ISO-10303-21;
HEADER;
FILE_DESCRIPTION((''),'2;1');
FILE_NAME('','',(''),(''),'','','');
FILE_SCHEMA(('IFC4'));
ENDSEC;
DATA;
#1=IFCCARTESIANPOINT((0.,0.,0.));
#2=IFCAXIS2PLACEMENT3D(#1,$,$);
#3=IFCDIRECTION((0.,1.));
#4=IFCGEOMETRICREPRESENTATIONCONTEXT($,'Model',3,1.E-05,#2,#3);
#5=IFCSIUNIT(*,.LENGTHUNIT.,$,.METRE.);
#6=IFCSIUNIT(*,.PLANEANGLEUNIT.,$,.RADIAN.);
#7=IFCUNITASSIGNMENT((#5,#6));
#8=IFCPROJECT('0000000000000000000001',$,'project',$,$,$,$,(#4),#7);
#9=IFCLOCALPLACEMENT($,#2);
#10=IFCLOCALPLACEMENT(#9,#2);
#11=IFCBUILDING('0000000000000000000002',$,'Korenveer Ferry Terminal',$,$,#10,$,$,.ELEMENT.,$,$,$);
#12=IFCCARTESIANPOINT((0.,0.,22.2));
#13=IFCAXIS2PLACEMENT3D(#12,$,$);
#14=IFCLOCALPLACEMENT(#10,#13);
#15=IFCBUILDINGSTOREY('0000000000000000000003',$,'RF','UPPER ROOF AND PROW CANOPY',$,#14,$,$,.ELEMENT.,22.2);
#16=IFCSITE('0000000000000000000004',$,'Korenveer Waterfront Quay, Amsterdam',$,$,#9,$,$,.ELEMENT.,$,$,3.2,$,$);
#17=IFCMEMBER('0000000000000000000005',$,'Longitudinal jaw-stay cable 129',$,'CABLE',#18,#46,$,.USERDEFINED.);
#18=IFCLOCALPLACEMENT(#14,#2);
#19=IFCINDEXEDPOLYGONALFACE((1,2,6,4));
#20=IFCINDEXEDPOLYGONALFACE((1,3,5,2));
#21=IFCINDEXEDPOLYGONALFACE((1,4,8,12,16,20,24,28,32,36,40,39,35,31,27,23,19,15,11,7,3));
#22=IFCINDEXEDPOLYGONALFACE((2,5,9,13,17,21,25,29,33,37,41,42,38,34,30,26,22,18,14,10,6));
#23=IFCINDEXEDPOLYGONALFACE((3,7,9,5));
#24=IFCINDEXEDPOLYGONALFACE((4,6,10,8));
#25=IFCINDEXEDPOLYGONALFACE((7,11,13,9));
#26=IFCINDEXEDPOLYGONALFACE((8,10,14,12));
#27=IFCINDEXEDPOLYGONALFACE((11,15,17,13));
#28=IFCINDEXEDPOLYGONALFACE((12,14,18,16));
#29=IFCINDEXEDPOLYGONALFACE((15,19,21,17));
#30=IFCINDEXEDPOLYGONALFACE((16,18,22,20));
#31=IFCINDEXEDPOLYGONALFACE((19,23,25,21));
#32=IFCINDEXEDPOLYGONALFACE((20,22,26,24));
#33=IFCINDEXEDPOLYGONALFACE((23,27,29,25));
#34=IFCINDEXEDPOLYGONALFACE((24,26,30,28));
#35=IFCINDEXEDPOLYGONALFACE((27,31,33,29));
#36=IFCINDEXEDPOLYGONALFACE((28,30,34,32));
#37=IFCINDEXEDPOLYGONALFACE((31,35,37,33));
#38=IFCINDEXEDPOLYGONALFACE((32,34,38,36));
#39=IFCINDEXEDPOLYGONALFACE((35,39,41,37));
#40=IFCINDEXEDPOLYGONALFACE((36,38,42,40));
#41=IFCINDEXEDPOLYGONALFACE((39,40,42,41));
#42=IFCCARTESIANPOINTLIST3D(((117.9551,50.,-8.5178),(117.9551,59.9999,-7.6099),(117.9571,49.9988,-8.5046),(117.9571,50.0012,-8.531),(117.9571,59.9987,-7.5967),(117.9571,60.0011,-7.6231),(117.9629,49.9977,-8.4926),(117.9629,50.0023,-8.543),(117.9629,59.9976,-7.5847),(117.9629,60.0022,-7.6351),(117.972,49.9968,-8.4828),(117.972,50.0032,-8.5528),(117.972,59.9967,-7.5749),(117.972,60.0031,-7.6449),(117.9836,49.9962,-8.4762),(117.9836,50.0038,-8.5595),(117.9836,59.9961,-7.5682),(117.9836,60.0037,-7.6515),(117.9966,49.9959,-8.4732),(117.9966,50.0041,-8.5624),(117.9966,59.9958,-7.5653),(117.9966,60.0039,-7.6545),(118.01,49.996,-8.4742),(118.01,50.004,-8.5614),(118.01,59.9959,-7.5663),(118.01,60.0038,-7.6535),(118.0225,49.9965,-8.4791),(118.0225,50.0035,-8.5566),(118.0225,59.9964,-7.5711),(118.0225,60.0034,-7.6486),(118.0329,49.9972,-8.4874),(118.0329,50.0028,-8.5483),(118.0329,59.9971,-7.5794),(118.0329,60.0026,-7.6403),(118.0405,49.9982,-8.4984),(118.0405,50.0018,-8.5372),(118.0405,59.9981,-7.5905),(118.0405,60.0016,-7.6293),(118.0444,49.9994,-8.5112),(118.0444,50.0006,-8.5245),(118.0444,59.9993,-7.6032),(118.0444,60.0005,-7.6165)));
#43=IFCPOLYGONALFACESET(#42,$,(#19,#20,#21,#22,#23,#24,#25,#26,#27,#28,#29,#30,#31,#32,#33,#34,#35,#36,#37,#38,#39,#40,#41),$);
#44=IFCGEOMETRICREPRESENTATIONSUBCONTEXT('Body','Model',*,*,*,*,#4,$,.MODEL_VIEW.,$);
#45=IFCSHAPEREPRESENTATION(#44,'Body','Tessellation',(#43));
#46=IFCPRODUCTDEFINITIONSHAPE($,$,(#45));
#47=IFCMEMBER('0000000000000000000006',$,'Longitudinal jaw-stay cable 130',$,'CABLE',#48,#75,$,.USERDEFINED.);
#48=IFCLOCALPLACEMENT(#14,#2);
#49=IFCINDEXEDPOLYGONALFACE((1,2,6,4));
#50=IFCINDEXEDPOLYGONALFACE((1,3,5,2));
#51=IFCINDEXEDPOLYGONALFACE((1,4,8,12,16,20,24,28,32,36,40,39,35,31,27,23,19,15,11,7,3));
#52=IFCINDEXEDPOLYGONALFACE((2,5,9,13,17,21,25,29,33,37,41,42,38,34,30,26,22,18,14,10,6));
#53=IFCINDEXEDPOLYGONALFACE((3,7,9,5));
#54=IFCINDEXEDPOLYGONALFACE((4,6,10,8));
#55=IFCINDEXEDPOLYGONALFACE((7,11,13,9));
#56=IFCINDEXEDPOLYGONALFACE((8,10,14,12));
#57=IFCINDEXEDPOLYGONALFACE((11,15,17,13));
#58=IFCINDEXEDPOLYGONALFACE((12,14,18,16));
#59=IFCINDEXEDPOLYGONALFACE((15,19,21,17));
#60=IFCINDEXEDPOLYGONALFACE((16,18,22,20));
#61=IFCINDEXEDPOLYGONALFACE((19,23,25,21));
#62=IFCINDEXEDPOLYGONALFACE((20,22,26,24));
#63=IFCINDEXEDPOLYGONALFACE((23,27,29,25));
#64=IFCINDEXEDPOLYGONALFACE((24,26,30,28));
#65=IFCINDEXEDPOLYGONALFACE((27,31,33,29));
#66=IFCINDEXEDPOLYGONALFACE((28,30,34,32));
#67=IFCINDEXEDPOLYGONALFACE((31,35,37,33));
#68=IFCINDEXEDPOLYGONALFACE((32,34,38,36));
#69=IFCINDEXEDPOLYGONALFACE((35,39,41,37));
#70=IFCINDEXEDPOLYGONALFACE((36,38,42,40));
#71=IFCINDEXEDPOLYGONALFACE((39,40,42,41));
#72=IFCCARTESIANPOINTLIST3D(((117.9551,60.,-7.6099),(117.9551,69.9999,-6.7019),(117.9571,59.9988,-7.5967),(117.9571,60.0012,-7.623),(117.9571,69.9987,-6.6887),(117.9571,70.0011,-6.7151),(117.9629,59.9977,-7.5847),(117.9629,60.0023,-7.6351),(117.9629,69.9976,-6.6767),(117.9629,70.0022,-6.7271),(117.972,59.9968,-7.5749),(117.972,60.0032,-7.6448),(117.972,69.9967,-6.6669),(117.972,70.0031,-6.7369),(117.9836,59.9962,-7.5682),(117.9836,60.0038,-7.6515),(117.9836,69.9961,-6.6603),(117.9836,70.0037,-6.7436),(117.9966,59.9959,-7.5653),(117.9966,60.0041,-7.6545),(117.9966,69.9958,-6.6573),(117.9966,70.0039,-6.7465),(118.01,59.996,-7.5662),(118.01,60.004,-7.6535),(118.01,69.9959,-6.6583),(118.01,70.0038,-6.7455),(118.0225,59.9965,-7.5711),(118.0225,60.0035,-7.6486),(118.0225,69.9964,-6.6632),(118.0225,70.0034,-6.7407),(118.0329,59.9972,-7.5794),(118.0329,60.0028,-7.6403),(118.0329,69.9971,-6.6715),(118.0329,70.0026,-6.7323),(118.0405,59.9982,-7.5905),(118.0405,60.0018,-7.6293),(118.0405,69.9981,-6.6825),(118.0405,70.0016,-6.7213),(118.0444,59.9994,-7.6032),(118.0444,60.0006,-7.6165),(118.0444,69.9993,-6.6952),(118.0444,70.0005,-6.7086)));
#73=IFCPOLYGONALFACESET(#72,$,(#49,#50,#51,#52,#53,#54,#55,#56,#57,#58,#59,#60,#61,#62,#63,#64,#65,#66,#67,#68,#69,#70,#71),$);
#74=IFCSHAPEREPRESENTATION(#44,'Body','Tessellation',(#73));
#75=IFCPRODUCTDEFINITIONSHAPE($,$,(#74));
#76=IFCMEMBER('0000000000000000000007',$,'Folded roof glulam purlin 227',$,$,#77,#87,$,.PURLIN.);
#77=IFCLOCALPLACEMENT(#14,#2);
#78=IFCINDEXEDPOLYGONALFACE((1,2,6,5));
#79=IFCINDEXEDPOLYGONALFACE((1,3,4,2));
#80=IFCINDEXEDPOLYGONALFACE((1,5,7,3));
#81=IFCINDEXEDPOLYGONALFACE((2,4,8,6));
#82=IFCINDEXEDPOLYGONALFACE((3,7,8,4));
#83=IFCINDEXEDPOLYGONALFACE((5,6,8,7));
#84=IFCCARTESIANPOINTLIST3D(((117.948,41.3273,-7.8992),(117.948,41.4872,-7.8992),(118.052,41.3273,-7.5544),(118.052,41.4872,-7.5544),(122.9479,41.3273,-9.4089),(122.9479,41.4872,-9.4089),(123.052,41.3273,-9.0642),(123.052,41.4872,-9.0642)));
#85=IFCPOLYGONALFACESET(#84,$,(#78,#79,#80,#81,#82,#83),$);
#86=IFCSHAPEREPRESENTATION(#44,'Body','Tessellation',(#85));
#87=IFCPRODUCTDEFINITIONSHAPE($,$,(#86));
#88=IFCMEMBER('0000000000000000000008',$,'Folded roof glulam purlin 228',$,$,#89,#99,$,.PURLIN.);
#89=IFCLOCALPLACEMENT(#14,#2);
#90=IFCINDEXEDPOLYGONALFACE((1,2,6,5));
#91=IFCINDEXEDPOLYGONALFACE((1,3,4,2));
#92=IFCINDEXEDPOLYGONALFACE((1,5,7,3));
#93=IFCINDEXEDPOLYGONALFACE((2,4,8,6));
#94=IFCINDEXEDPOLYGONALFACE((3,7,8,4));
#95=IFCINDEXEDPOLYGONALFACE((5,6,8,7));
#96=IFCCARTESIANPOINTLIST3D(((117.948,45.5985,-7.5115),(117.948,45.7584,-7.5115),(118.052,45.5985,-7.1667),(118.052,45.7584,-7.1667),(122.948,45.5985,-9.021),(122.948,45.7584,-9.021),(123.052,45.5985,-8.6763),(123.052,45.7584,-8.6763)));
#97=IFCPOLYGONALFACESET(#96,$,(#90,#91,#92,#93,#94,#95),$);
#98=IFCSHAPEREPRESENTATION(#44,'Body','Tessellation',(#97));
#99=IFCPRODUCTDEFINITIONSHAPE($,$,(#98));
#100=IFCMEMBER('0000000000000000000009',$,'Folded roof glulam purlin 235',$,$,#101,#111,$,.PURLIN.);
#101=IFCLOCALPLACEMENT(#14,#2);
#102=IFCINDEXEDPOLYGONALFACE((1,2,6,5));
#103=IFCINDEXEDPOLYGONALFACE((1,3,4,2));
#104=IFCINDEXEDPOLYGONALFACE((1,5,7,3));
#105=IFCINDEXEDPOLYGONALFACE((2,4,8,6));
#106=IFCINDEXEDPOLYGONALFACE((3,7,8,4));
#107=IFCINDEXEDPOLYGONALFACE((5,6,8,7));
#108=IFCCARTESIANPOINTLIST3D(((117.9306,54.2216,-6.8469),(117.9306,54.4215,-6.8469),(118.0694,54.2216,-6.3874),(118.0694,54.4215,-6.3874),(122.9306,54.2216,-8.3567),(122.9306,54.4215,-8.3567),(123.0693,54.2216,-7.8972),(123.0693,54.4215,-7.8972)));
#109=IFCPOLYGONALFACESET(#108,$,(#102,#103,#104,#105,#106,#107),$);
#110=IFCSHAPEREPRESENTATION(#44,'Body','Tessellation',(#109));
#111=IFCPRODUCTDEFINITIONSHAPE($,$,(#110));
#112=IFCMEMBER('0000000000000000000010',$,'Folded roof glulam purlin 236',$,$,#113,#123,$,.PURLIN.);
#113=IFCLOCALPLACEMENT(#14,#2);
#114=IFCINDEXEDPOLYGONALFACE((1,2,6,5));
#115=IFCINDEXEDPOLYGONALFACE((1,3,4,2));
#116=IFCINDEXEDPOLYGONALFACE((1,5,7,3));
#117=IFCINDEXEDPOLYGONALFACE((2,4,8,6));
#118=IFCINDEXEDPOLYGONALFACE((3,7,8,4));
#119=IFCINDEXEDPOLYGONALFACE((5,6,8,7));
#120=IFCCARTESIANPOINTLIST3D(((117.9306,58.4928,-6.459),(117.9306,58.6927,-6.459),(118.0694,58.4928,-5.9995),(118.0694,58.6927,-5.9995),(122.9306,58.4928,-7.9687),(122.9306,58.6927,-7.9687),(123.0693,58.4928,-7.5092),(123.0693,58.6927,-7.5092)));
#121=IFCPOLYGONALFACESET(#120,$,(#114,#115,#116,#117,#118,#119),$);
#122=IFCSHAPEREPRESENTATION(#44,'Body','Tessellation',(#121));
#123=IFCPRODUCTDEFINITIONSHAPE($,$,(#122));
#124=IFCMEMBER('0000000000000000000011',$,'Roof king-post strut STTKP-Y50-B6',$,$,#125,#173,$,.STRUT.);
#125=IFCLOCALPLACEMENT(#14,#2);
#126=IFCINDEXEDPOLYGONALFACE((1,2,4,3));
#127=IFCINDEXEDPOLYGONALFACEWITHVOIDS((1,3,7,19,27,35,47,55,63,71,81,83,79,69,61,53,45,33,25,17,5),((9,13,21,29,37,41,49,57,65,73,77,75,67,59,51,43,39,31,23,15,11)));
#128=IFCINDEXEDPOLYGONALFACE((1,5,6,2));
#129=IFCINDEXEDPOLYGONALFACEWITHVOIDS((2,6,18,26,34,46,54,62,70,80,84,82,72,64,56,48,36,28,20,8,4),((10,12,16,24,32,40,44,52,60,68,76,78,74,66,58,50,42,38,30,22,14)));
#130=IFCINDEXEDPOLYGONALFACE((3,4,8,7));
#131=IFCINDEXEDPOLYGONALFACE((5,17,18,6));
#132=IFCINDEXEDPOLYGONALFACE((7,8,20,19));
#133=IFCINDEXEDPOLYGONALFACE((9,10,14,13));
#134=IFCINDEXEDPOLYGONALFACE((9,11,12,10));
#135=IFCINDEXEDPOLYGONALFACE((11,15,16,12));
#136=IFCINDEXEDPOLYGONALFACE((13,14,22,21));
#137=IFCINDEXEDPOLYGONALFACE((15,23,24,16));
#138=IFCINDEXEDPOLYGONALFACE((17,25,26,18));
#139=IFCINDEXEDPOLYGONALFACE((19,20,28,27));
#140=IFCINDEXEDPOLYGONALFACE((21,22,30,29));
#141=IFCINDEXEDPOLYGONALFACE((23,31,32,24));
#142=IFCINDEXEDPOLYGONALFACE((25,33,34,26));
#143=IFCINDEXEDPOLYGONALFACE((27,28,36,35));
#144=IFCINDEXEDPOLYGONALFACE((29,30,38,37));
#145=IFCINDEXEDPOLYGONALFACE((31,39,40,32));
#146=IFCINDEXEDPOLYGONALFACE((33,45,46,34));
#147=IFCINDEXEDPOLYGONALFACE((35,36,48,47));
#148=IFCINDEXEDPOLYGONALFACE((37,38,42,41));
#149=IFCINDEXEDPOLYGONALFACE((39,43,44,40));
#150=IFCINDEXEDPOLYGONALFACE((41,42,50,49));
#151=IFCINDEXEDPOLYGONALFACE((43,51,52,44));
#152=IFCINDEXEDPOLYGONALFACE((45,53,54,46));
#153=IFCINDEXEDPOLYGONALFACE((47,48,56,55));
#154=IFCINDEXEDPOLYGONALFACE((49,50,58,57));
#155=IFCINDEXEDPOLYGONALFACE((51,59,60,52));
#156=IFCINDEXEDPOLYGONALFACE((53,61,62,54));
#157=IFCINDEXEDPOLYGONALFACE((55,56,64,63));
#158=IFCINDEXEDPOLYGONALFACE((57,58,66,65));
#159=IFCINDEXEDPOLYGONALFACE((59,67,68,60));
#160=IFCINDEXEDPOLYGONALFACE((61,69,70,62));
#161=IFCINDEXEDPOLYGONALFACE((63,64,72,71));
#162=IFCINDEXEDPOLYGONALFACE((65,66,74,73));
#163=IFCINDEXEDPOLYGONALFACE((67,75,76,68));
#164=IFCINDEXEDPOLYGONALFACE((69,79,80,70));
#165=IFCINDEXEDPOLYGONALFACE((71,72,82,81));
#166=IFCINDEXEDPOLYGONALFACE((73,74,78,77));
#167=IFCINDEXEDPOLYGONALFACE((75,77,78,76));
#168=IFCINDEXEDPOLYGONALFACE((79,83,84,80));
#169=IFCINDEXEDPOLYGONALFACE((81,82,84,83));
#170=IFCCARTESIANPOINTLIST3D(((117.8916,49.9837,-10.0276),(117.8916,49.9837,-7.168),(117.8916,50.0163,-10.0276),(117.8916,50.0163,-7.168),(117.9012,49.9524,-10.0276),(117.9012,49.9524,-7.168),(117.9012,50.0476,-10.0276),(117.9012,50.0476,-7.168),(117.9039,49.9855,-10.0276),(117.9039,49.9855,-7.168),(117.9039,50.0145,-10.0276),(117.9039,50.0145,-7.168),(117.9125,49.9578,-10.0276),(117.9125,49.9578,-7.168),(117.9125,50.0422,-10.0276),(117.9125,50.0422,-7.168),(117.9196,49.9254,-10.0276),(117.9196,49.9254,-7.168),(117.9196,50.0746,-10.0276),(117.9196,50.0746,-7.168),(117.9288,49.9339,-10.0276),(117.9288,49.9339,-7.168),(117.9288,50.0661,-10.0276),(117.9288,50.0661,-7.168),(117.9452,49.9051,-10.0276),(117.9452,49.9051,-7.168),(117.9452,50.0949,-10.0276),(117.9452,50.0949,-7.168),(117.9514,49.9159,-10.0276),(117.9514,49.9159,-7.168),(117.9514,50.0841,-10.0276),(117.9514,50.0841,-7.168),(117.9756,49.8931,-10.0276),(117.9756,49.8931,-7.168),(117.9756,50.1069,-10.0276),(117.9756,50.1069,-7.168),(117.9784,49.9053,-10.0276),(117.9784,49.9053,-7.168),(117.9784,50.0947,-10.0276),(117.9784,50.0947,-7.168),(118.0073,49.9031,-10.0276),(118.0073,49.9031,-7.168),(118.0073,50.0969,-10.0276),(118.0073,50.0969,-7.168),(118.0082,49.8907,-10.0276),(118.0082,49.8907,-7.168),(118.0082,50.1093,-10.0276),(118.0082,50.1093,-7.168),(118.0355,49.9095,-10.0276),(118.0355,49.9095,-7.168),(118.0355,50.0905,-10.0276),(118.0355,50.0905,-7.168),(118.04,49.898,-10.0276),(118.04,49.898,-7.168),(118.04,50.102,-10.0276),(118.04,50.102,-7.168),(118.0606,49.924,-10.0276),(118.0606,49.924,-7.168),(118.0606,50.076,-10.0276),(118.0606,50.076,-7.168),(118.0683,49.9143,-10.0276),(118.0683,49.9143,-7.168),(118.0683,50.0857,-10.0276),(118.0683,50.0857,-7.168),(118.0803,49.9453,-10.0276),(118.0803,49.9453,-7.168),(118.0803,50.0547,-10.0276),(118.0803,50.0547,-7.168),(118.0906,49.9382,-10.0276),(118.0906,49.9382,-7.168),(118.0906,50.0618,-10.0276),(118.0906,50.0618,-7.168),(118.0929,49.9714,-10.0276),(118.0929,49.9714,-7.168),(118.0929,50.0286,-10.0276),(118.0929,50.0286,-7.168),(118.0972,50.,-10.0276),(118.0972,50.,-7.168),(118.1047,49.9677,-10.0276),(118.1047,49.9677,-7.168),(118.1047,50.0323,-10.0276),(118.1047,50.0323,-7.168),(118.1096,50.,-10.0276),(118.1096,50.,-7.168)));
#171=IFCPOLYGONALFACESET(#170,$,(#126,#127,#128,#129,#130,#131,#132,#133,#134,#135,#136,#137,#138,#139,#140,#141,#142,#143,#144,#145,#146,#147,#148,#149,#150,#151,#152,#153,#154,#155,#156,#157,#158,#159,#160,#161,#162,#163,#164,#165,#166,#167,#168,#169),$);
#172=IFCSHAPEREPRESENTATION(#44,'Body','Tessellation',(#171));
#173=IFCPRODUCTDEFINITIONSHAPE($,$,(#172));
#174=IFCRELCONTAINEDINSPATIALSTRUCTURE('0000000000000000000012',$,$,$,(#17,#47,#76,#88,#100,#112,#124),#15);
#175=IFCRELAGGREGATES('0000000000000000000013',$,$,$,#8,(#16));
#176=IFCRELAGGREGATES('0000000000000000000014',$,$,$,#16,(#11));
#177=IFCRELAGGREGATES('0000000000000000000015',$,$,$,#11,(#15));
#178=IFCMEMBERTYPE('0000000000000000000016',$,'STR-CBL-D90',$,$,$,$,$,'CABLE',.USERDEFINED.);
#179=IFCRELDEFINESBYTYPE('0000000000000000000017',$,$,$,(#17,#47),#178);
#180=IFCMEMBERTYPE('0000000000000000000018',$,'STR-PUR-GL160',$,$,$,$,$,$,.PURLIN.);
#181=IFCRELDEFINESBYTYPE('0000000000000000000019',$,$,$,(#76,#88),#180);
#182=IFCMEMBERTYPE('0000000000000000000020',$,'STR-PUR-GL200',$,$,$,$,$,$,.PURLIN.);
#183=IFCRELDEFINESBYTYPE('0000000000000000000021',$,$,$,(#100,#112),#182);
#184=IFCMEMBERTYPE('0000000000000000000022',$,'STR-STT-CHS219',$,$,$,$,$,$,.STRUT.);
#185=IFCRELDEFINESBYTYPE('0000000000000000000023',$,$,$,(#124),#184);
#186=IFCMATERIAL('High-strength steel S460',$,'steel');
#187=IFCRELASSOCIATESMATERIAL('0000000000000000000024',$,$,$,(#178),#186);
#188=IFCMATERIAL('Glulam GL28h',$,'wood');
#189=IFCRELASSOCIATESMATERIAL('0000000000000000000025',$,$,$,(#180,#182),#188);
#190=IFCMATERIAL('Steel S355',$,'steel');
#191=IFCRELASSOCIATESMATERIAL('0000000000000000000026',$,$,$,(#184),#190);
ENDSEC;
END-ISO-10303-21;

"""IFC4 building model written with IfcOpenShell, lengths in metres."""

from ifc_helpers import new_model, si_unit, direction, frame, origin, origin_2d, place, context, subcontext, project, spatial, rectangle, circle, hollow_circle, extrude, material, material_profile, profile_set, type_object, element, save


model = new_model("IFC4")

# Units and contexts
model_context = context("Model", 3, precision=1e-05, world=origin(), true_north=direction((0.0, 1.0)))
body_context = subcontext(model_context, "Body", "Model", "MODEL_VIEW")
ifc_project = project(units=[si_unit("LENGTHUNIT", "METRE"), si_unit("PLANEANGLEUNIT", "RADIAN")], contexts=[model_context])

# Site, building, storey
site_placement = place(None, origin())
site = spatial("IfcSite", under=ifc_project, at=site_placement, Name="Korenveer Waterfront Quay, Amsterdam", CompositionType="ELEMENT", RefElevation=3.2)
building_placement = place(site_placement, origin())
building = spatial("IfcBuilding", under=site, at=building_placement, Name="Korenveer Ferry Terminal", CompositionType="ELEMENT")
storey_placement = place(building_placement, frame((0.0, 0.0, 22.2)))
storey = spatial("IfcBuildingStorey", under=building, at=storey_placement, Name="RF", Description="UPPER ROOF AND PROW CANOPY", CompositionType="ELEMENT", Elevation=22.2)

# Shared definitions
ifc_material_1 = material(Name="Steel S355", Category="steel")

# Members
ifc_material_2 = material(Name="High-strength steel S460", Category="steel")
ifc_material_profile_1 = material_profile(ifc_material_2, circle(Radius=0.0449, at=origin_2d()), Name="ROD D90")
ifc_profile_set_1 = profile_set([ifc_material_profile_1], Name="High-strength steel S460")
member_type_1 = type_object("IfcMemberType", Name="STR-CBL-D90", ElementType="CABLE", PredefinedType="USERDEFINED", material=ifc_profile_set_1)
for number, where, z_axis, x_axis, name in (
    (1, (118.0, 50.0, -8.5178), (0.0, 0.995903, 0.090424), (-1.0, 0.0, 0.0), "Longitudinal jaw-stay cable 129"),
    (2, (118.0, 60.0, -7.6099), (0.0, 0.995903, 0.090424), (-1.0, 0.0, 0.0), "Longitudinal jaw-stay cable 130"),
):
    element("IfcMember", number, at=place(storey_placement, frame(where, z_axis=z_axis, x_axis=x_axis)), inside=storey, type_object=member_type_1, Name=name, ObjectType="CABLE", PredefinedType="USERDEFINED", context=body_context, shape_type="SweptSolid", body=[
        extrude(circle(Radius=0.0449, at=origin_2d()), origin(), (0.0, 0.0, 1.0), 10.041),
    ])
ifc_material_3 = material(Name="Glulam GL28h", Category="wood")
ifc_material_profile_2 = material_profile(ifc_material_3, rectangle(XDim=0.1599, YDim=0.3601, at=origin_2d()), Name="GL 160x360")
ifc_profile_set_2 = profile_set([ifc_material_profile_2], Name="Glulam GL28h")
member_type_2 = type_object("IfcMemberType", Name="STR-PUR-GL160", PredefinedType="PURLIN", material=ifc_profile_set_2)
for number, where, z_axis, x_axis, name in (
    (3, (118.0, 41.4072, -7.7268), (0.95731, 0.0, -0.289063), (0.0, 1.0, 0.0), "Folded roof glulam purlin 227"),
    (4, (118.0, 45.6785, -7.3391), (0.957323, 0.0, -0.28902), (0.0, 1.0, 0.0), "Folded roof glulam purlin 228"),
):
    element("IfcMember", number, at=place(storey_placement, frame(where, z_axis=z_axis, x_axis=x_axis)), inside=storey, type_object=member_type_2, Name=name, PredefinedType="PURLIN", context=body_context, shape_type="SweptSolid", body=[
        extrude(rectangle(XDim=0.1599, YDim=0.3601, at=origin_2d()), origin(), (0.0, 0.0, 1.0), 5.2229),
    ])
ifc_material_profile_3 = material_profile(ifc_material_3, rectangle(XDim=0.2, YDim=0.48, at=origin_2d()), Name="GL 200x480")
ifc_profile_set_3 = profile_set([ifc_material_profile_3], Name="Glulam GL28h")
member_type_3 = type_object("IfcMemberType", Name="STR-PUR-GL200", PredefinedType="PURLIN", material=ifc_profile_set_3)
for number, where, z_axis, x_axis, name in (
    (5, (118.0, 54.3215, -6.6172), (0.95731, 0.0, -0.289063), (0.0, 1.0, 0.0), "Folded roof glulam purlin 235"),
    (6, (118.0, 58.5928, -6.2292), (0.95731, 0.0, -0.289063), (0.0, 1.0, 0.0), "Folded roof glulam purlin 236"),
):
    element("IfcMember", number, at=place(storey_placement, frame(where, z_axis=z_axis, x_axis=x_axis)), inside=storey, type_object=member_type_3, Name=name, PredefinedType="PURLIN", context=body_context, shape_type="SweptSolid", body=[
        extrude(rectangle(XDim=0.2, YDim=0.48, at=origin_2d()), origin(), (0.0, 0.0, 1.0), 5.2229),
    ])
ifc_material_profile_4 = material_profile(ifc_material_1, hollow_circle(Radius=0.1096, WallThickness=0.0125, at=origin_2d()), Name="CHS 219.1x12.5")
ifc_profile_set_4 = profile_set([ifc_material_profile_4], Name="Steel S355")
member_type_4 = type_object("IfcMemberType", Name="STR-STT-CHS219", PredefinedType="STRUT", material=ifc_profile_set_4)
for number, where, z_axis, x_axis, name in (
    (7, (118.0, 50.0, -10.0276), (0.0, 0.0, 1.0), (1.0, 0.0, 0.0), "Roof king-post strut STTKP-Y50-B6"),
):
    element("IfcMember", number, at=place(storey_placement, frame(where, z_axis=z_axis, x_axis=x_axis)), inside=storey, type_object=member_type_4, Name=name, PredefinedType="STRUT", context=body_context, shape_type="SweptSolid", body=[
        extrude(hollow_circle(Radius=0.1096, WallThickness=0.0125, at=origin_2d()), origin(), (0.0, 0.0, 1.0), 2.8596),
    ])

save(model, "model.ifc")
